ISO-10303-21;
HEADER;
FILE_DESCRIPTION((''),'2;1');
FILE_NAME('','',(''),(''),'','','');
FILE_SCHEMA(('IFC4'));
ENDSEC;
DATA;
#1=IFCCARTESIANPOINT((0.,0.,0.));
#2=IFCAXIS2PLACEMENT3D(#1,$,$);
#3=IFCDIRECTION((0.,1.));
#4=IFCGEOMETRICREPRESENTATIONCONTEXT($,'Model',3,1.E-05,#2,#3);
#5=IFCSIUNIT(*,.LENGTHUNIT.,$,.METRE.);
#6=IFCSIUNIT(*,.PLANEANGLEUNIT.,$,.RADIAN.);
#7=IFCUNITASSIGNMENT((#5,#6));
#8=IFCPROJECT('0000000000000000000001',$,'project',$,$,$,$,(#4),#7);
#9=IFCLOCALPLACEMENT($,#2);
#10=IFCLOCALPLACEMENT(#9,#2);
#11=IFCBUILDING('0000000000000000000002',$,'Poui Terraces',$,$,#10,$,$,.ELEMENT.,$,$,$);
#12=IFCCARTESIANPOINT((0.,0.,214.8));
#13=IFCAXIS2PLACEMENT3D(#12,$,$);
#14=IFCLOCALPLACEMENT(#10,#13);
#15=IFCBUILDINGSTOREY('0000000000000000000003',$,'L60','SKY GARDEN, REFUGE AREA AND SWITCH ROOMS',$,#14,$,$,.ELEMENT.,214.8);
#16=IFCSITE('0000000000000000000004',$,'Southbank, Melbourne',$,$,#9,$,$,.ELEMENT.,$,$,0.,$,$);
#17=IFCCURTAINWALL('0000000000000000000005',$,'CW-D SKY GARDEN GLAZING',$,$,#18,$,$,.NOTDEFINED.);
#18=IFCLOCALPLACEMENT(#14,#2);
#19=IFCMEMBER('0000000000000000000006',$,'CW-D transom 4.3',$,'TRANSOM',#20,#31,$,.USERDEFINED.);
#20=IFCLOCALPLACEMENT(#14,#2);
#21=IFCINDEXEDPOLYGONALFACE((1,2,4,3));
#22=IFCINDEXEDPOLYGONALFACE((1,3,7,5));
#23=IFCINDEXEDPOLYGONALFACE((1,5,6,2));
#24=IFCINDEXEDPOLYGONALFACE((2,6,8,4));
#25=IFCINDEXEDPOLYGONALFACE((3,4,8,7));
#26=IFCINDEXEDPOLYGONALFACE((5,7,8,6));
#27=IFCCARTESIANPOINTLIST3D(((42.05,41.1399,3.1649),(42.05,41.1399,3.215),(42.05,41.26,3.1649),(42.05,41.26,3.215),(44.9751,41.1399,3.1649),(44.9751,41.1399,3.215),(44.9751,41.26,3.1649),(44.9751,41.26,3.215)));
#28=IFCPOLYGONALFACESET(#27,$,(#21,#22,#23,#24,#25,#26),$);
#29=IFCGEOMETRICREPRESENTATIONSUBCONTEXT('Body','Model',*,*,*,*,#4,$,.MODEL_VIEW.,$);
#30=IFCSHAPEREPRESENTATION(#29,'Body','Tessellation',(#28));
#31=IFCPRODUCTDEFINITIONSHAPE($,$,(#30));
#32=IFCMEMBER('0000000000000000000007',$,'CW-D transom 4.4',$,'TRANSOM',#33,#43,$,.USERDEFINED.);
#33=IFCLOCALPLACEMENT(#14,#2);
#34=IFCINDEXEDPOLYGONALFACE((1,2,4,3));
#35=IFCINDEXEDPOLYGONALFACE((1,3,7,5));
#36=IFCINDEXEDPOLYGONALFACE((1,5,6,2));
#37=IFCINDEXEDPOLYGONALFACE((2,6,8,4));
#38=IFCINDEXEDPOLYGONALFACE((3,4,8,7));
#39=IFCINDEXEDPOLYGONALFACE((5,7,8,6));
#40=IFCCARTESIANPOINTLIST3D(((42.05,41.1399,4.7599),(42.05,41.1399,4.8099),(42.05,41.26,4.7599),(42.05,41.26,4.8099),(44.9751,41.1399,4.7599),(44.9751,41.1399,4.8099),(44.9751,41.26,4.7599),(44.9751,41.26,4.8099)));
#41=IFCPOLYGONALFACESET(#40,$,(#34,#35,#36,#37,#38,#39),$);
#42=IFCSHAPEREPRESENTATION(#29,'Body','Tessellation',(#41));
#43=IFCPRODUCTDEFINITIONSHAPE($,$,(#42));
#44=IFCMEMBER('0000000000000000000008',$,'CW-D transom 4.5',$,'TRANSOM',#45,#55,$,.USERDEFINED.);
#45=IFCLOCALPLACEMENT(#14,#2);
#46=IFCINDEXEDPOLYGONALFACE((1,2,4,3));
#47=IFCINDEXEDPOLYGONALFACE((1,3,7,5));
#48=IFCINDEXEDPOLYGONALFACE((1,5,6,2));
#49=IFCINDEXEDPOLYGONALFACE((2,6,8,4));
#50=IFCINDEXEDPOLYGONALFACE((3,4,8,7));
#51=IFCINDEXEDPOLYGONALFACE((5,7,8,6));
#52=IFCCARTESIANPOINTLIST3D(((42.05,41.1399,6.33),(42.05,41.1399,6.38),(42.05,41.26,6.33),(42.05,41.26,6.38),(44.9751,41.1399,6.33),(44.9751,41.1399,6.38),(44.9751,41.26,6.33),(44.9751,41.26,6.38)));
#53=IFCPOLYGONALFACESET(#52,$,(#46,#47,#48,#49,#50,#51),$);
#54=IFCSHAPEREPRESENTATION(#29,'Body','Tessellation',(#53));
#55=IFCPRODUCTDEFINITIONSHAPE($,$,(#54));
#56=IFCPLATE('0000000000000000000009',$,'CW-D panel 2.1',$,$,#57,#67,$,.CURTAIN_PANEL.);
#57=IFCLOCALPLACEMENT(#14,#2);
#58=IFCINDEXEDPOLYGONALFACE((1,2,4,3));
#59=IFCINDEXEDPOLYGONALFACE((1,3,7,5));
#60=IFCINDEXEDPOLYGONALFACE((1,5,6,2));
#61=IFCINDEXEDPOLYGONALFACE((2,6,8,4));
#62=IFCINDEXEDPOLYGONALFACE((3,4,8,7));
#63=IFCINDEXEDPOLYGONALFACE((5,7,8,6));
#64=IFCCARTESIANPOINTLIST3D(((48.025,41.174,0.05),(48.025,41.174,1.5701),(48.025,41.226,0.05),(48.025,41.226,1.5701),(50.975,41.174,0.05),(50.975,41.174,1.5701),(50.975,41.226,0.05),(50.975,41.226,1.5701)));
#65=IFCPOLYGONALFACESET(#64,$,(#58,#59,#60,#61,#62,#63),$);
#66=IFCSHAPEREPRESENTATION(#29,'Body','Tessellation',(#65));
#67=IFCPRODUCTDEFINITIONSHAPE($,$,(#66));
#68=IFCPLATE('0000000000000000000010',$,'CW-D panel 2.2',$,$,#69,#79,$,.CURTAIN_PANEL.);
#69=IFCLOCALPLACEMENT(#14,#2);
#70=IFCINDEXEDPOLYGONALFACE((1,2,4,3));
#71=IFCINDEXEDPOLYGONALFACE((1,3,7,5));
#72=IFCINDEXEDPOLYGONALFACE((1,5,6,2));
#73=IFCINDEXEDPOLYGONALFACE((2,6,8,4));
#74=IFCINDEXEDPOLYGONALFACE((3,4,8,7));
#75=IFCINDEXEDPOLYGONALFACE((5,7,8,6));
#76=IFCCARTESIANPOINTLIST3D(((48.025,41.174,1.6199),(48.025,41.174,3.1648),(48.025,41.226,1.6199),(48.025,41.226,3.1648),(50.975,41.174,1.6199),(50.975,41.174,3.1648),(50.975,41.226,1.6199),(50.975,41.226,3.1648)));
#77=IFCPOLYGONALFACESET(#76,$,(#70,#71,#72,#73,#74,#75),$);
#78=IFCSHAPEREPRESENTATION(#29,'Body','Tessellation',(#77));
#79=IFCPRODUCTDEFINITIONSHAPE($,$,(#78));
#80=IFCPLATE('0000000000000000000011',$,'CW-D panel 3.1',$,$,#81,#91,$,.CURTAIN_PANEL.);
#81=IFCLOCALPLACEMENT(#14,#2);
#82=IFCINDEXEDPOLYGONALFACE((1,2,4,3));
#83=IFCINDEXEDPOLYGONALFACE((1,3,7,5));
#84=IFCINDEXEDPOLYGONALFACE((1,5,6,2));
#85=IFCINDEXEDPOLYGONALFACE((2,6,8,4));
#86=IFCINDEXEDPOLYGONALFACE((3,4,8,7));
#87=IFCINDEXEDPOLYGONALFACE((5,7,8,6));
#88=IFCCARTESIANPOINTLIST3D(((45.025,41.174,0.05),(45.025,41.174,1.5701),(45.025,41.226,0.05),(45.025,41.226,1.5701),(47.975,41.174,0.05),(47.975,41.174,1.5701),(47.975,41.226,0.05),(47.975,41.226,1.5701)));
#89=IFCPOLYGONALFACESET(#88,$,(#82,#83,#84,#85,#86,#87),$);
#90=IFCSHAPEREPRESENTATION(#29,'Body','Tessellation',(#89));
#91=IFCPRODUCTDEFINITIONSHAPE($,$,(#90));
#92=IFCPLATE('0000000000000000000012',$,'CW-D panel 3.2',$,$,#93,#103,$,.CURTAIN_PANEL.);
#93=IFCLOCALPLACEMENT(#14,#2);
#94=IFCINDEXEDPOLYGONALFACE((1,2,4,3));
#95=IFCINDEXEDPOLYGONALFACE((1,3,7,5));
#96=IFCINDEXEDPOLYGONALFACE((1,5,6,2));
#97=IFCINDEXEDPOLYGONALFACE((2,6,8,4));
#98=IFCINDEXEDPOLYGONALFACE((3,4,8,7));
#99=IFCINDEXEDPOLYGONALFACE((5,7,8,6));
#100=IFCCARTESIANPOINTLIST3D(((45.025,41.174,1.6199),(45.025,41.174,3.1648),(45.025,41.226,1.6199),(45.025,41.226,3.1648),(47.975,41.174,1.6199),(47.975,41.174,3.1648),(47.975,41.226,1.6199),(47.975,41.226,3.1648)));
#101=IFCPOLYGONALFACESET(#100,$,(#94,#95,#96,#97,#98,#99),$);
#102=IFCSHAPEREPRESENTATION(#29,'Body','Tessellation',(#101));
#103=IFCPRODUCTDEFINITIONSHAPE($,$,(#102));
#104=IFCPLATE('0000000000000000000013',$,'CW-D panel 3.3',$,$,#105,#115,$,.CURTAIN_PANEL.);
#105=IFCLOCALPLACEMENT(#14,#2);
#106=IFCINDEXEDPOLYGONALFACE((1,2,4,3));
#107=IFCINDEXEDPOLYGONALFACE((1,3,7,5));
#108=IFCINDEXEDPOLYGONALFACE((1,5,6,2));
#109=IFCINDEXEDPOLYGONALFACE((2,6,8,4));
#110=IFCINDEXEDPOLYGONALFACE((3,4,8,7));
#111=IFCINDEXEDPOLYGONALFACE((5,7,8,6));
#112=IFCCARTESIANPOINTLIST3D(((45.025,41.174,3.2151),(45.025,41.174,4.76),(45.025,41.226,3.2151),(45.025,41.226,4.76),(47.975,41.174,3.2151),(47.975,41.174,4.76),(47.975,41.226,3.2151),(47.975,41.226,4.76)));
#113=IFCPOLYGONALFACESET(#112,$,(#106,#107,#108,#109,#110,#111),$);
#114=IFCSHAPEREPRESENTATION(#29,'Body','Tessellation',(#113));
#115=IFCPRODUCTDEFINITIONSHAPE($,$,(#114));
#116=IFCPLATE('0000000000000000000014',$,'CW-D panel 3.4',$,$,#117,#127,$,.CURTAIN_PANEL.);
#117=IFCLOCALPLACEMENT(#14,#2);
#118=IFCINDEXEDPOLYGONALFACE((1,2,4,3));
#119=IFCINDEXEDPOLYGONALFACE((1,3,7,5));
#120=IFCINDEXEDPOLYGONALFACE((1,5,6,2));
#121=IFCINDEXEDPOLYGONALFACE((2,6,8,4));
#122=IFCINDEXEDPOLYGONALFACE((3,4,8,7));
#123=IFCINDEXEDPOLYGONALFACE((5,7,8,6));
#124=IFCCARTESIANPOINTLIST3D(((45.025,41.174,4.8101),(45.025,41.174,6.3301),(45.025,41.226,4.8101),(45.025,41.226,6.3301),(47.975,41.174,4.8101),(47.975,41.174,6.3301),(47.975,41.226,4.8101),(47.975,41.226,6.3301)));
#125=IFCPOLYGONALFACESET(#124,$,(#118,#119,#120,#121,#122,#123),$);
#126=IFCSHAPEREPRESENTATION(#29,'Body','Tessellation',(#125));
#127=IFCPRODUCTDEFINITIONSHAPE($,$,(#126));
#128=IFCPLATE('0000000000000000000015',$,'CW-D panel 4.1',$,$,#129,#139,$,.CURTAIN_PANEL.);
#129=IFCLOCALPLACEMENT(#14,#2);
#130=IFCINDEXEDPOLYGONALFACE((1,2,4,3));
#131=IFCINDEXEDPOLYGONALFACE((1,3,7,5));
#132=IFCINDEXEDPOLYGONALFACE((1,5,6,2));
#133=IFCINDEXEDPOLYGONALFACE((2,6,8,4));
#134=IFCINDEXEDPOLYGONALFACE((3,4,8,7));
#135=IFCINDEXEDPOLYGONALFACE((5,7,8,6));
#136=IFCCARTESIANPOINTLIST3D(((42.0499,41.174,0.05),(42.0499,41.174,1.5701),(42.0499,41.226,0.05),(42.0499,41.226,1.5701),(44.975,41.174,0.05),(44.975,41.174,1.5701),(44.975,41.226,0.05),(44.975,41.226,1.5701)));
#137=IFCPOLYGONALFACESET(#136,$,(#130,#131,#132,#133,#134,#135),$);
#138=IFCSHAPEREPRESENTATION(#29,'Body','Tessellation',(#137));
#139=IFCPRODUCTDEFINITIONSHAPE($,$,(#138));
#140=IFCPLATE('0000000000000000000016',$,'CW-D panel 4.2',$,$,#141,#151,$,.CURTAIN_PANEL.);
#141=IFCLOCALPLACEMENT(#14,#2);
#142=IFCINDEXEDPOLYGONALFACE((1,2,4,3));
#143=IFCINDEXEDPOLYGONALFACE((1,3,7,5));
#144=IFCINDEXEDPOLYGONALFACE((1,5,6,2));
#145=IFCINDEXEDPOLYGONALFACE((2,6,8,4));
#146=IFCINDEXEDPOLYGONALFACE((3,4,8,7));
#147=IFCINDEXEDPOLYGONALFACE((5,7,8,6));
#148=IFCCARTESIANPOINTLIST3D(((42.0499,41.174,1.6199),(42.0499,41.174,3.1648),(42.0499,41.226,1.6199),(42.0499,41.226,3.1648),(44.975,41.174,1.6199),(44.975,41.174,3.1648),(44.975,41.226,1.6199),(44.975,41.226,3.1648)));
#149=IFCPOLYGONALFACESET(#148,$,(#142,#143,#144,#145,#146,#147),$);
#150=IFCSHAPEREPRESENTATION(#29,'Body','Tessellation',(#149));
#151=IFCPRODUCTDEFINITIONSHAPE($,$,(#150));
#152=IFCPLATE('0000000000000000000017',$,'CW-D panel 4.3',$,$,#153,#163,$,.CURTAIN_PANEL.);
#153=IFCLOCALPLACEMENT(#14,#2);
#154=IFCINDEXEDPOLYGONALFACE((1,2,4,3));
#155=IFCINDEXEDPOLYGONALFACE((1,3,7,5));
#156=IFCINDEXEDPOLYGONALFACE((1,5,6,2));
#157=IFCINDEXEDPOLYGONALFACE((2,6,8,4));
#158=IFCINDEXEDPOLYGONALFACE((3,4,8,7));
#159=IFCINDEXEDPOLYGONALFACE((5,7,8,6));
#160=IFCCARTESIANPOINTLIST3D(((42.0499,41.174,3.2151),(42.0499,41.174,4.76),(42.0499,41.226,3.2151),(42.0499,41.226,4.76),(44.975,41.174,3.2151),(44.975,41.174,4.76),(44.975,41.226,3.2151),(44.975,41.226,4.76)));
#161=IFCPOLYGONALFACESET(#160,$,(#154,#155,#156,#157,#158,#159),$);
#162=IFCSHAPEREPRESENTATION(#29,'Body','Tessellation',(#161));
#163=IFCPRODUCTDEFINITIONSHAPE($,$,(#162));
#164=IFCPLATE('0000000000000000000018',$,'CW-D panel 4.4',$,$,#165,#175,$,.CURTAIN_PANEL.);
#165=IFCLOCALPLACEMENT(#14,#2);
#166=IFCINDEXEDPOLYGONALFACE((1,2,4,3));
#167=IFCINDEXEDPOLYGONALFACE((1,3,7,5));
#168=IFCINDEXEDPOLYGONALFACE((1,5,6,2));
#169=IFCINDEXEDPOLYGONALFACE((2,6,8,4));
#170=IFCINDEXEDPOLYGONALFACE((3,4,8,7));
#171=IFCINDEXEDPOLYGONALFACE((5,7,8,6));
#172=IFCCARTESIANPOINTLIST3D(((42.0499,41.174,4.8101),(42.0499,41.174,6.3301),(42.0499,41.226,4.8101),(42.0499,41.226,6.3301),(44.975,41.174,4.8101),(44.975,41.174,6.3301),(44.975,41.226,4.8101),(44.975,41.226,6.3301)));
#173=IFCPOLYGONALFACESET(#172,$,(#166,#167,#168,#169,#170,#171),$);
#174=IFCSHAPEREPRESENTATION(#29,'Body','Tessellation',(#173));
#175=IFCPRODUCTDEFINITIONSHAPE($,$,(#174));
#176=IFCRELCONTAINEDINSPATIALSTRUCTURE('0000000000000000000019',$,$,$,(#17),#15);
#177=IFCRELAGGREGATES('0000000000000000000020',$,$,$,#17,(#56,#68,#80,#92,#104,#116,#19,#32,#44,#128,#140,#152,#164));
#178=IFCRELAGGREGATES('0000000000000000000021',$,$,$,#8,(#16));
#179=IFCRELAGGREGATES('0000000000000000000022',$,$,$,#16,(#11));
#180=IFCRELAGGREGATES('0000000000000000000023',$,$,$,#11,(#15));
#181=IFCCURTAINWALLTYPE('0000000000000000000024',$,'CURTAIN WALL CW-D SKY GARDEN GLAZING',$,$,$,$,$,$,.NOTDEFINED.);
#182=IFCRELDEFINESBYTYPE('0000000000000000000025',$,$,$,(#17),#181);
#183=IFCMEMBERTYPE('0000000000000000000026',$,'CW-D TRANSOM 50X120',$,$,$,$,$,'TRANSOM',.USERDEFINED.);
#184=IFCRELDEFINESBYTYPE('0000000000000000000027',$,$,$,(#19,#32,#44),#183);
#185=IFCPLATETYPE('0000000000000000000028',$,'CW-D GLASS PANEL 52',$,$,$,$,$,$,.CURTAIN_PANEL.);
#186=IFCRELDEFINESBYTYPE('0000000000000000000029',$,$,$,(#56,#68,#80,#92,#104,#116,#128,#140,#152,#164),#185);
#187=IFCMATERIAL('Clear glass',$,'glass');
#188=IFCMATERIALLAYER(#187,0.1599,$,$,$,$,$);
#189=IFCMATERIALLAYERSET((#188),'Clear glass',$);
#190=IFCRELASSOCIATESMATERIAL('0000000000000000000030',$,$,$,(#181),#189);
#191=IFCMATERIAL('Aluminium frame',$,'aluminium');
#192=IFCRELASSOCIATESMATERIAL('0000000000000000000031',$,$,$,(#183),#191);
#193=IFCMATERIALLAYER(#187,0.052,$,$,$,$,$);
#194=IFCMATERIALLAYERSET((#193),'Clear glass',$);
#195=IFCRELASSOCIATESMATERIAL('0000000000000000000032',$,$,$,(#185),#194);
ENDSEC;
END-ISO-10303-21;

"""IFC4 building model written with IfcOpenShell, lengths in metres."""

from ifc_helpers import new_model, si_unit, direction, frame, origin, origin_2d, place, context, subcontext, project, spatial, rectangle, extrude, material, layer, layer_set, material_profile, profile_set, type_object, element, aggregate, save


model = new_model("IFC4")

# Units and contexts
model_context = context("Model", 3, precision=1e-05, world=origin(), true_north=direction((0.0, 1.0)))
body_context = subcontext(model_context, "Body", "Model", "MODEL_VIEW")
ifc_project = project(units=[si_unit("LENGTHUNIT", "METRE"), si_unit("PLANEANGLEUNIT", "RADIAN")], contexts=[model_context])

# Site, building, storey
site_placement = place(None, origin())
site = spatial("IfcSite", under=ifc_project, at=site_placement, Name="Southbank, Melbourne", CompositionType="ELEMENT", RefElevation=0.0)
building_placement = place(site_placement, origin())
building = spatial("IfcBuilding", under=site, at=building_placement, Name="Poui Terraces", CompositionType="ELEMENT")
storey_placement = place(building_placement, frame((0.0, 0.0, 214.8)))
storey = spatial("IfcBuildingStorey", under=building, at=storey_placement, Name="L60", Description="SKY GARDEN, REFUGE AREA AND SWITCH ROOMS", CompositionType="ELEMENT", Elevation=214.8)

# Shared definitions
ifc_material_1 = material(Name="Clear glass", Category="glass")
ifc_layer_1 = layer(ifc_material_1, 0.1599)
ifc_layer_set_1 = layer_set([ifc_layer_1], Name="Clear glass")
curtain_wall_type = type_object("IfcCurtainWallType", Name="CURTAIN WALL CW-D SKY GARDEN GLAZING", PredefinedType="NOTDEFINED", material=ifc_layer_set_1)
ifc_material_2 = material(Name="Aluminium frame", Category="aluminium")

# Curtain wall
curtain_wall_1_placement = place(storey_placement, origin())
curtain_wall_1 = element("IfcCurtainWall", 1, at=curtain_wall_1_placement, inside=storey, type_object=curtain_wall_type, Name="CW-D SKY GARDEN GLAZING", PredefinedType="NOTDEFINED")

# Members
ifc_material_profile_1 = material_profile(ifc_material_2, rectangle(XDim=0.1201, YDim=0.05, at=origin_2d()), Name="CW-D TRANSOM 50X120")
ifc_profile_set_1 = profile_set([ifc_material_profile_1], Name="Aluminium frame")
member_type_1 = type_object("IfcMemberType", Name="CW-D TRANSOM 50X120", ElementType="TRANSOM", PredefinedType="USERDEFINED", material=ifc_profile_set_1)
member_1_placement = place(storey_placement, frame((44.9751, 41.2, 3.1899), z_axis=(-1.0, 0.0, 0.0), x_axis=(0.0, -1.0, 0.0)))
member_1 = element("IfcMember", 2, at=member_1_placement, type_object=member_type_1, Name="CW-D transom 4.3", ObjectType="TRANSOM", PredefinedType="USERDEFINED", context=body_context, shape_type="SweptSolid", body=[
    extrude(rectangle(XDim=0.1201, YDim=0.05, at=origin_2d()), origin(), (0.0, 0.0, 1.0), 2.925),
])
member_2_placement = place(storey_placement, frame((44.9751, 41.2, 4.7849), z_axis=(-1.0, 0.0, 0.0), x_axis=(0.0, -1.0, 0.0)))
member_2 = element("IfcMember", 3, at=member_2_placement, type_object=member_type_1, Name="CW-D transom 4.4", ObjectType="TRANSOM", PredefinedType="USERDEFINED", context=body_context, shape_type="SweptSolid", body=[
    extrude(rectangle(XDim=0.1201, YDim=0.05, at=origin_2d()), origin(), (0.0, 0.0, 1.0), 2.925),
])
member_3_placement = place(storey_placement, frame((44.9751, 41.2, 6.355), z_axis=(-1.0, 0.0, 0.0), x_axis=(0.0, -1.0, 0.0)))
member_3 = element("IfcMember", 4, at=member_3_placement, type_object=member_type_1, Name="CW-D transom 4.5", ObjectType="TRANSOM", PredefinedType="USERDEFINED", context=body_context, shape_type="SweptSolid", body=[
    extrude(rectangle(XDim=0.1201, YDim=0.05, at=origin_2d()), origin(), (0.0, 0.0, 1.0), 2.925),
])

# Plates
ifc_layer_2 = layer(ifc_material_1, 0.052)
ifc_layer_set_2 = layer_set([ifc_layer_2], Name="Clear glass")
plate_type = type_object("IfcPlateType", Name="CW-D GLASS PANEL 52", PredefinedType="CURTAIN_PANEL", material=ifc_layer_set_2)
plate_1_placement = place(storey_placement, frame((49.5, 41.2, 0.05), z_axis=(0.0, 0.0, 1.0), x_axis=(-1.0, 0.0, 0.0)))
plate_1 = element("IfcPlate", 5, at=plate_1_placement, type_object=plate_type, Name="CW-D panel 2.1", PredefinedType="CURTAIN_PANEL", context=body_context, shape_type="SweptSolid", body=[
    extrude(rectangle(XDim=2.95, YDim=0.052, at=origin_2d()), origin(), (0.0, 0.0, 1.0), 1.52),
])
plate_2_placement = place(storey_placement, frame((49.5, 41.2, 1.6199), z_axis=(0.0, 0.0, 1.0), x_axis=(-1.0, 0.0, 0.0)))
plate_2 = element("IfcPlate", 6, at=plate_2_placement, type_object=plate_type, Name="CW-D panel 2.2", PredefinedType="CURTAIN_PANEL", context=body_context, shape_type="SweptSolid", body=[
    extrude(rectangle(XDim=2.95, YDim=0.052, at=origin_2d()), origin(), (0.0, 0.0, 1.0), 1.5449),
])
plate_3_placement = place(storey_placement, frame((46.5, 41.2, 0.05), z_axis=(0.0, 0.0, 1.0), x_axis=(-1.0, 0.0, 0.0)))
plate_3 = element("IfcPlate", 7, at=plate_3_placement, type_object=plate_type, Name="CW-D panel 3.1", PredefinedType="CURTAIN_PANEL", context=body_context, shape_type="SweptSolid", body=[
    extrude(rectangle(XDim=2.95, YDim=0.052, at=origin_2d()), origin(), (0.0, 0.0, 1.0), 1.52),
])
plate_4_placement = place(storey_placement, frame((46.5, 41.2, 1.6199), z_axis=(0.0, 0.0, 1.0), x_axis=(-1.0, 0.0, 0.0)))
plate_4 = element("IfcPlate", 8, at=plate_4_placement, type_object=plate_type, Name="CW-D panel 3.2", PredefinedType="CURTAIN_PANEL", context=body_context, shape_type="SweptSolid", body=[
    extrude(rectangle(XDim=2.95, YDim=0.052, at=origin_2d()), origin(), (0.0, 0.0, 1.0), 1.5449),
])
plate_5_placement = place(storey_placement, frame((46.5, 41.2, 3.2151), z_axis=(0.0, 0.0, 1.0), x_axis=(-1.0, 0.0, 0.0)))
plate_5 = element("IfcPlate", 9, at=plate_5_placement, type_object=plate_type, Name="CW-D panel 3.3", PredefinedType="CURTAIN_PANEL", context=body_context, shape_type="SweptSolid", body=[
    extrude(rectangle(XDim=2.95, YDim=0.052, at=origin_2d()), origin(), (0.0, 0.0, 1.0), 1.5449),
])
plate_6_placement = place(storey_placement, frame((46.5, 41.2, 4.8101), z_axis=(0.0, 0.0, 1.0), x_axis=(-1.0, 0.0, 0.0)))
plate_6 = element("IfcPlate", 10, at=plate_6_placement, type_object=plate_type, Name="CW-D panel 3.4", PredefinedType="CURTAIN_PANEL", context=body_context, shape_type="SweptSolid", body=[
    extrude(rectangle(XDim=2.95, YDim=0.052, at=origin_2d()), origin(), (0.0, 0.0, 1.0), 1.52),
])
plate_7_placement = place(storey_placement, frame((43.5125, 41.2, 0.05), z_axis=(0.0, 0.0, 1.0), x_axis=(-1.0, 0.0, 0.0)))
plate_7 = element("IfcPlate", 11, at=plate_7_placement, type_object=plate_type, Name="CW-D panel 4.1", PredefinedType="CURTAIN_PANEL", context=body_context, shape_type="SweptSolid", body=[
    extrude(rectangle(XDim=2.925, YDim=0.052, at=origin_2d()), origin(), (0.0, 0.0, 1.0), 1.52),
])
plate_8_placement = place(storey_placement, frame((43.5125, 41.2, 1.6199), z_axis=(0.0, 0.0, 1.0), x_axis=(-1.0, 0.0, 0.0)))
plate_8 = element("IfcPlate", 12, at=plate_8_placement, type_object=plate_type, Name="CW-D panel 4.2", PredefinedType="CURTAIN_PANEL", context=body_context, shape_type="SweptSolid", body=[
    extrude(rectangle(XDim=2.925, YDim=0.052, at=origin_2d()), origin(), (0.0, 0.0, 1.0), 1.5449),
])
plate_9_placement = place(storey_placement, frame((43.5125, 41.2, 3.2151), z_axis=(0.0, 0.0, 1.0), x_axis=(-1.0, 0.0, 0.0)))
plate_9 = element("IfcPlate", 13, at=plate_9_placement, type_object=plate_type, Name="CW-D panel 4.3", PredefinedType="CURTAIN_PANEL", context=body_context, shape_type="SweptSolid", body=[
    extrude(rectangle(XDim=2.925, YDim=0.052, at=origin_2d()), origin(), (0.0, 0.0, 1.0), 1.5449),
])
plate_10_placement = place(storey_placement, frame((43.5125, 41.2, 4.8101), z_axis=(0.0, 0.0, 1.0), x_axis=(-1.0, 0.0, 0.0)))
plate_10 = element("IfcPlate", 14, at=plate_10_placement, type_object=plate_type, Name="CW-D panel 4.4", PredefinedType="CURTAIN_PANEL", context=body_context, shape_type="SweptSolid", body=[
    extrude(rectangle(XDim=2.925, YDim=0.052, at=origin_2d()), origin(), (0.0, 0.0, 1.0), 1.52),
])
aggregate(curtain_wall_1, [plate_1, plate_2, plate_3, plate_4, plate_5, plate_6, member_1, member_2, member_3, plate_7, plate_8, plate_9, plate_10])

save(model, "model.ifc")
